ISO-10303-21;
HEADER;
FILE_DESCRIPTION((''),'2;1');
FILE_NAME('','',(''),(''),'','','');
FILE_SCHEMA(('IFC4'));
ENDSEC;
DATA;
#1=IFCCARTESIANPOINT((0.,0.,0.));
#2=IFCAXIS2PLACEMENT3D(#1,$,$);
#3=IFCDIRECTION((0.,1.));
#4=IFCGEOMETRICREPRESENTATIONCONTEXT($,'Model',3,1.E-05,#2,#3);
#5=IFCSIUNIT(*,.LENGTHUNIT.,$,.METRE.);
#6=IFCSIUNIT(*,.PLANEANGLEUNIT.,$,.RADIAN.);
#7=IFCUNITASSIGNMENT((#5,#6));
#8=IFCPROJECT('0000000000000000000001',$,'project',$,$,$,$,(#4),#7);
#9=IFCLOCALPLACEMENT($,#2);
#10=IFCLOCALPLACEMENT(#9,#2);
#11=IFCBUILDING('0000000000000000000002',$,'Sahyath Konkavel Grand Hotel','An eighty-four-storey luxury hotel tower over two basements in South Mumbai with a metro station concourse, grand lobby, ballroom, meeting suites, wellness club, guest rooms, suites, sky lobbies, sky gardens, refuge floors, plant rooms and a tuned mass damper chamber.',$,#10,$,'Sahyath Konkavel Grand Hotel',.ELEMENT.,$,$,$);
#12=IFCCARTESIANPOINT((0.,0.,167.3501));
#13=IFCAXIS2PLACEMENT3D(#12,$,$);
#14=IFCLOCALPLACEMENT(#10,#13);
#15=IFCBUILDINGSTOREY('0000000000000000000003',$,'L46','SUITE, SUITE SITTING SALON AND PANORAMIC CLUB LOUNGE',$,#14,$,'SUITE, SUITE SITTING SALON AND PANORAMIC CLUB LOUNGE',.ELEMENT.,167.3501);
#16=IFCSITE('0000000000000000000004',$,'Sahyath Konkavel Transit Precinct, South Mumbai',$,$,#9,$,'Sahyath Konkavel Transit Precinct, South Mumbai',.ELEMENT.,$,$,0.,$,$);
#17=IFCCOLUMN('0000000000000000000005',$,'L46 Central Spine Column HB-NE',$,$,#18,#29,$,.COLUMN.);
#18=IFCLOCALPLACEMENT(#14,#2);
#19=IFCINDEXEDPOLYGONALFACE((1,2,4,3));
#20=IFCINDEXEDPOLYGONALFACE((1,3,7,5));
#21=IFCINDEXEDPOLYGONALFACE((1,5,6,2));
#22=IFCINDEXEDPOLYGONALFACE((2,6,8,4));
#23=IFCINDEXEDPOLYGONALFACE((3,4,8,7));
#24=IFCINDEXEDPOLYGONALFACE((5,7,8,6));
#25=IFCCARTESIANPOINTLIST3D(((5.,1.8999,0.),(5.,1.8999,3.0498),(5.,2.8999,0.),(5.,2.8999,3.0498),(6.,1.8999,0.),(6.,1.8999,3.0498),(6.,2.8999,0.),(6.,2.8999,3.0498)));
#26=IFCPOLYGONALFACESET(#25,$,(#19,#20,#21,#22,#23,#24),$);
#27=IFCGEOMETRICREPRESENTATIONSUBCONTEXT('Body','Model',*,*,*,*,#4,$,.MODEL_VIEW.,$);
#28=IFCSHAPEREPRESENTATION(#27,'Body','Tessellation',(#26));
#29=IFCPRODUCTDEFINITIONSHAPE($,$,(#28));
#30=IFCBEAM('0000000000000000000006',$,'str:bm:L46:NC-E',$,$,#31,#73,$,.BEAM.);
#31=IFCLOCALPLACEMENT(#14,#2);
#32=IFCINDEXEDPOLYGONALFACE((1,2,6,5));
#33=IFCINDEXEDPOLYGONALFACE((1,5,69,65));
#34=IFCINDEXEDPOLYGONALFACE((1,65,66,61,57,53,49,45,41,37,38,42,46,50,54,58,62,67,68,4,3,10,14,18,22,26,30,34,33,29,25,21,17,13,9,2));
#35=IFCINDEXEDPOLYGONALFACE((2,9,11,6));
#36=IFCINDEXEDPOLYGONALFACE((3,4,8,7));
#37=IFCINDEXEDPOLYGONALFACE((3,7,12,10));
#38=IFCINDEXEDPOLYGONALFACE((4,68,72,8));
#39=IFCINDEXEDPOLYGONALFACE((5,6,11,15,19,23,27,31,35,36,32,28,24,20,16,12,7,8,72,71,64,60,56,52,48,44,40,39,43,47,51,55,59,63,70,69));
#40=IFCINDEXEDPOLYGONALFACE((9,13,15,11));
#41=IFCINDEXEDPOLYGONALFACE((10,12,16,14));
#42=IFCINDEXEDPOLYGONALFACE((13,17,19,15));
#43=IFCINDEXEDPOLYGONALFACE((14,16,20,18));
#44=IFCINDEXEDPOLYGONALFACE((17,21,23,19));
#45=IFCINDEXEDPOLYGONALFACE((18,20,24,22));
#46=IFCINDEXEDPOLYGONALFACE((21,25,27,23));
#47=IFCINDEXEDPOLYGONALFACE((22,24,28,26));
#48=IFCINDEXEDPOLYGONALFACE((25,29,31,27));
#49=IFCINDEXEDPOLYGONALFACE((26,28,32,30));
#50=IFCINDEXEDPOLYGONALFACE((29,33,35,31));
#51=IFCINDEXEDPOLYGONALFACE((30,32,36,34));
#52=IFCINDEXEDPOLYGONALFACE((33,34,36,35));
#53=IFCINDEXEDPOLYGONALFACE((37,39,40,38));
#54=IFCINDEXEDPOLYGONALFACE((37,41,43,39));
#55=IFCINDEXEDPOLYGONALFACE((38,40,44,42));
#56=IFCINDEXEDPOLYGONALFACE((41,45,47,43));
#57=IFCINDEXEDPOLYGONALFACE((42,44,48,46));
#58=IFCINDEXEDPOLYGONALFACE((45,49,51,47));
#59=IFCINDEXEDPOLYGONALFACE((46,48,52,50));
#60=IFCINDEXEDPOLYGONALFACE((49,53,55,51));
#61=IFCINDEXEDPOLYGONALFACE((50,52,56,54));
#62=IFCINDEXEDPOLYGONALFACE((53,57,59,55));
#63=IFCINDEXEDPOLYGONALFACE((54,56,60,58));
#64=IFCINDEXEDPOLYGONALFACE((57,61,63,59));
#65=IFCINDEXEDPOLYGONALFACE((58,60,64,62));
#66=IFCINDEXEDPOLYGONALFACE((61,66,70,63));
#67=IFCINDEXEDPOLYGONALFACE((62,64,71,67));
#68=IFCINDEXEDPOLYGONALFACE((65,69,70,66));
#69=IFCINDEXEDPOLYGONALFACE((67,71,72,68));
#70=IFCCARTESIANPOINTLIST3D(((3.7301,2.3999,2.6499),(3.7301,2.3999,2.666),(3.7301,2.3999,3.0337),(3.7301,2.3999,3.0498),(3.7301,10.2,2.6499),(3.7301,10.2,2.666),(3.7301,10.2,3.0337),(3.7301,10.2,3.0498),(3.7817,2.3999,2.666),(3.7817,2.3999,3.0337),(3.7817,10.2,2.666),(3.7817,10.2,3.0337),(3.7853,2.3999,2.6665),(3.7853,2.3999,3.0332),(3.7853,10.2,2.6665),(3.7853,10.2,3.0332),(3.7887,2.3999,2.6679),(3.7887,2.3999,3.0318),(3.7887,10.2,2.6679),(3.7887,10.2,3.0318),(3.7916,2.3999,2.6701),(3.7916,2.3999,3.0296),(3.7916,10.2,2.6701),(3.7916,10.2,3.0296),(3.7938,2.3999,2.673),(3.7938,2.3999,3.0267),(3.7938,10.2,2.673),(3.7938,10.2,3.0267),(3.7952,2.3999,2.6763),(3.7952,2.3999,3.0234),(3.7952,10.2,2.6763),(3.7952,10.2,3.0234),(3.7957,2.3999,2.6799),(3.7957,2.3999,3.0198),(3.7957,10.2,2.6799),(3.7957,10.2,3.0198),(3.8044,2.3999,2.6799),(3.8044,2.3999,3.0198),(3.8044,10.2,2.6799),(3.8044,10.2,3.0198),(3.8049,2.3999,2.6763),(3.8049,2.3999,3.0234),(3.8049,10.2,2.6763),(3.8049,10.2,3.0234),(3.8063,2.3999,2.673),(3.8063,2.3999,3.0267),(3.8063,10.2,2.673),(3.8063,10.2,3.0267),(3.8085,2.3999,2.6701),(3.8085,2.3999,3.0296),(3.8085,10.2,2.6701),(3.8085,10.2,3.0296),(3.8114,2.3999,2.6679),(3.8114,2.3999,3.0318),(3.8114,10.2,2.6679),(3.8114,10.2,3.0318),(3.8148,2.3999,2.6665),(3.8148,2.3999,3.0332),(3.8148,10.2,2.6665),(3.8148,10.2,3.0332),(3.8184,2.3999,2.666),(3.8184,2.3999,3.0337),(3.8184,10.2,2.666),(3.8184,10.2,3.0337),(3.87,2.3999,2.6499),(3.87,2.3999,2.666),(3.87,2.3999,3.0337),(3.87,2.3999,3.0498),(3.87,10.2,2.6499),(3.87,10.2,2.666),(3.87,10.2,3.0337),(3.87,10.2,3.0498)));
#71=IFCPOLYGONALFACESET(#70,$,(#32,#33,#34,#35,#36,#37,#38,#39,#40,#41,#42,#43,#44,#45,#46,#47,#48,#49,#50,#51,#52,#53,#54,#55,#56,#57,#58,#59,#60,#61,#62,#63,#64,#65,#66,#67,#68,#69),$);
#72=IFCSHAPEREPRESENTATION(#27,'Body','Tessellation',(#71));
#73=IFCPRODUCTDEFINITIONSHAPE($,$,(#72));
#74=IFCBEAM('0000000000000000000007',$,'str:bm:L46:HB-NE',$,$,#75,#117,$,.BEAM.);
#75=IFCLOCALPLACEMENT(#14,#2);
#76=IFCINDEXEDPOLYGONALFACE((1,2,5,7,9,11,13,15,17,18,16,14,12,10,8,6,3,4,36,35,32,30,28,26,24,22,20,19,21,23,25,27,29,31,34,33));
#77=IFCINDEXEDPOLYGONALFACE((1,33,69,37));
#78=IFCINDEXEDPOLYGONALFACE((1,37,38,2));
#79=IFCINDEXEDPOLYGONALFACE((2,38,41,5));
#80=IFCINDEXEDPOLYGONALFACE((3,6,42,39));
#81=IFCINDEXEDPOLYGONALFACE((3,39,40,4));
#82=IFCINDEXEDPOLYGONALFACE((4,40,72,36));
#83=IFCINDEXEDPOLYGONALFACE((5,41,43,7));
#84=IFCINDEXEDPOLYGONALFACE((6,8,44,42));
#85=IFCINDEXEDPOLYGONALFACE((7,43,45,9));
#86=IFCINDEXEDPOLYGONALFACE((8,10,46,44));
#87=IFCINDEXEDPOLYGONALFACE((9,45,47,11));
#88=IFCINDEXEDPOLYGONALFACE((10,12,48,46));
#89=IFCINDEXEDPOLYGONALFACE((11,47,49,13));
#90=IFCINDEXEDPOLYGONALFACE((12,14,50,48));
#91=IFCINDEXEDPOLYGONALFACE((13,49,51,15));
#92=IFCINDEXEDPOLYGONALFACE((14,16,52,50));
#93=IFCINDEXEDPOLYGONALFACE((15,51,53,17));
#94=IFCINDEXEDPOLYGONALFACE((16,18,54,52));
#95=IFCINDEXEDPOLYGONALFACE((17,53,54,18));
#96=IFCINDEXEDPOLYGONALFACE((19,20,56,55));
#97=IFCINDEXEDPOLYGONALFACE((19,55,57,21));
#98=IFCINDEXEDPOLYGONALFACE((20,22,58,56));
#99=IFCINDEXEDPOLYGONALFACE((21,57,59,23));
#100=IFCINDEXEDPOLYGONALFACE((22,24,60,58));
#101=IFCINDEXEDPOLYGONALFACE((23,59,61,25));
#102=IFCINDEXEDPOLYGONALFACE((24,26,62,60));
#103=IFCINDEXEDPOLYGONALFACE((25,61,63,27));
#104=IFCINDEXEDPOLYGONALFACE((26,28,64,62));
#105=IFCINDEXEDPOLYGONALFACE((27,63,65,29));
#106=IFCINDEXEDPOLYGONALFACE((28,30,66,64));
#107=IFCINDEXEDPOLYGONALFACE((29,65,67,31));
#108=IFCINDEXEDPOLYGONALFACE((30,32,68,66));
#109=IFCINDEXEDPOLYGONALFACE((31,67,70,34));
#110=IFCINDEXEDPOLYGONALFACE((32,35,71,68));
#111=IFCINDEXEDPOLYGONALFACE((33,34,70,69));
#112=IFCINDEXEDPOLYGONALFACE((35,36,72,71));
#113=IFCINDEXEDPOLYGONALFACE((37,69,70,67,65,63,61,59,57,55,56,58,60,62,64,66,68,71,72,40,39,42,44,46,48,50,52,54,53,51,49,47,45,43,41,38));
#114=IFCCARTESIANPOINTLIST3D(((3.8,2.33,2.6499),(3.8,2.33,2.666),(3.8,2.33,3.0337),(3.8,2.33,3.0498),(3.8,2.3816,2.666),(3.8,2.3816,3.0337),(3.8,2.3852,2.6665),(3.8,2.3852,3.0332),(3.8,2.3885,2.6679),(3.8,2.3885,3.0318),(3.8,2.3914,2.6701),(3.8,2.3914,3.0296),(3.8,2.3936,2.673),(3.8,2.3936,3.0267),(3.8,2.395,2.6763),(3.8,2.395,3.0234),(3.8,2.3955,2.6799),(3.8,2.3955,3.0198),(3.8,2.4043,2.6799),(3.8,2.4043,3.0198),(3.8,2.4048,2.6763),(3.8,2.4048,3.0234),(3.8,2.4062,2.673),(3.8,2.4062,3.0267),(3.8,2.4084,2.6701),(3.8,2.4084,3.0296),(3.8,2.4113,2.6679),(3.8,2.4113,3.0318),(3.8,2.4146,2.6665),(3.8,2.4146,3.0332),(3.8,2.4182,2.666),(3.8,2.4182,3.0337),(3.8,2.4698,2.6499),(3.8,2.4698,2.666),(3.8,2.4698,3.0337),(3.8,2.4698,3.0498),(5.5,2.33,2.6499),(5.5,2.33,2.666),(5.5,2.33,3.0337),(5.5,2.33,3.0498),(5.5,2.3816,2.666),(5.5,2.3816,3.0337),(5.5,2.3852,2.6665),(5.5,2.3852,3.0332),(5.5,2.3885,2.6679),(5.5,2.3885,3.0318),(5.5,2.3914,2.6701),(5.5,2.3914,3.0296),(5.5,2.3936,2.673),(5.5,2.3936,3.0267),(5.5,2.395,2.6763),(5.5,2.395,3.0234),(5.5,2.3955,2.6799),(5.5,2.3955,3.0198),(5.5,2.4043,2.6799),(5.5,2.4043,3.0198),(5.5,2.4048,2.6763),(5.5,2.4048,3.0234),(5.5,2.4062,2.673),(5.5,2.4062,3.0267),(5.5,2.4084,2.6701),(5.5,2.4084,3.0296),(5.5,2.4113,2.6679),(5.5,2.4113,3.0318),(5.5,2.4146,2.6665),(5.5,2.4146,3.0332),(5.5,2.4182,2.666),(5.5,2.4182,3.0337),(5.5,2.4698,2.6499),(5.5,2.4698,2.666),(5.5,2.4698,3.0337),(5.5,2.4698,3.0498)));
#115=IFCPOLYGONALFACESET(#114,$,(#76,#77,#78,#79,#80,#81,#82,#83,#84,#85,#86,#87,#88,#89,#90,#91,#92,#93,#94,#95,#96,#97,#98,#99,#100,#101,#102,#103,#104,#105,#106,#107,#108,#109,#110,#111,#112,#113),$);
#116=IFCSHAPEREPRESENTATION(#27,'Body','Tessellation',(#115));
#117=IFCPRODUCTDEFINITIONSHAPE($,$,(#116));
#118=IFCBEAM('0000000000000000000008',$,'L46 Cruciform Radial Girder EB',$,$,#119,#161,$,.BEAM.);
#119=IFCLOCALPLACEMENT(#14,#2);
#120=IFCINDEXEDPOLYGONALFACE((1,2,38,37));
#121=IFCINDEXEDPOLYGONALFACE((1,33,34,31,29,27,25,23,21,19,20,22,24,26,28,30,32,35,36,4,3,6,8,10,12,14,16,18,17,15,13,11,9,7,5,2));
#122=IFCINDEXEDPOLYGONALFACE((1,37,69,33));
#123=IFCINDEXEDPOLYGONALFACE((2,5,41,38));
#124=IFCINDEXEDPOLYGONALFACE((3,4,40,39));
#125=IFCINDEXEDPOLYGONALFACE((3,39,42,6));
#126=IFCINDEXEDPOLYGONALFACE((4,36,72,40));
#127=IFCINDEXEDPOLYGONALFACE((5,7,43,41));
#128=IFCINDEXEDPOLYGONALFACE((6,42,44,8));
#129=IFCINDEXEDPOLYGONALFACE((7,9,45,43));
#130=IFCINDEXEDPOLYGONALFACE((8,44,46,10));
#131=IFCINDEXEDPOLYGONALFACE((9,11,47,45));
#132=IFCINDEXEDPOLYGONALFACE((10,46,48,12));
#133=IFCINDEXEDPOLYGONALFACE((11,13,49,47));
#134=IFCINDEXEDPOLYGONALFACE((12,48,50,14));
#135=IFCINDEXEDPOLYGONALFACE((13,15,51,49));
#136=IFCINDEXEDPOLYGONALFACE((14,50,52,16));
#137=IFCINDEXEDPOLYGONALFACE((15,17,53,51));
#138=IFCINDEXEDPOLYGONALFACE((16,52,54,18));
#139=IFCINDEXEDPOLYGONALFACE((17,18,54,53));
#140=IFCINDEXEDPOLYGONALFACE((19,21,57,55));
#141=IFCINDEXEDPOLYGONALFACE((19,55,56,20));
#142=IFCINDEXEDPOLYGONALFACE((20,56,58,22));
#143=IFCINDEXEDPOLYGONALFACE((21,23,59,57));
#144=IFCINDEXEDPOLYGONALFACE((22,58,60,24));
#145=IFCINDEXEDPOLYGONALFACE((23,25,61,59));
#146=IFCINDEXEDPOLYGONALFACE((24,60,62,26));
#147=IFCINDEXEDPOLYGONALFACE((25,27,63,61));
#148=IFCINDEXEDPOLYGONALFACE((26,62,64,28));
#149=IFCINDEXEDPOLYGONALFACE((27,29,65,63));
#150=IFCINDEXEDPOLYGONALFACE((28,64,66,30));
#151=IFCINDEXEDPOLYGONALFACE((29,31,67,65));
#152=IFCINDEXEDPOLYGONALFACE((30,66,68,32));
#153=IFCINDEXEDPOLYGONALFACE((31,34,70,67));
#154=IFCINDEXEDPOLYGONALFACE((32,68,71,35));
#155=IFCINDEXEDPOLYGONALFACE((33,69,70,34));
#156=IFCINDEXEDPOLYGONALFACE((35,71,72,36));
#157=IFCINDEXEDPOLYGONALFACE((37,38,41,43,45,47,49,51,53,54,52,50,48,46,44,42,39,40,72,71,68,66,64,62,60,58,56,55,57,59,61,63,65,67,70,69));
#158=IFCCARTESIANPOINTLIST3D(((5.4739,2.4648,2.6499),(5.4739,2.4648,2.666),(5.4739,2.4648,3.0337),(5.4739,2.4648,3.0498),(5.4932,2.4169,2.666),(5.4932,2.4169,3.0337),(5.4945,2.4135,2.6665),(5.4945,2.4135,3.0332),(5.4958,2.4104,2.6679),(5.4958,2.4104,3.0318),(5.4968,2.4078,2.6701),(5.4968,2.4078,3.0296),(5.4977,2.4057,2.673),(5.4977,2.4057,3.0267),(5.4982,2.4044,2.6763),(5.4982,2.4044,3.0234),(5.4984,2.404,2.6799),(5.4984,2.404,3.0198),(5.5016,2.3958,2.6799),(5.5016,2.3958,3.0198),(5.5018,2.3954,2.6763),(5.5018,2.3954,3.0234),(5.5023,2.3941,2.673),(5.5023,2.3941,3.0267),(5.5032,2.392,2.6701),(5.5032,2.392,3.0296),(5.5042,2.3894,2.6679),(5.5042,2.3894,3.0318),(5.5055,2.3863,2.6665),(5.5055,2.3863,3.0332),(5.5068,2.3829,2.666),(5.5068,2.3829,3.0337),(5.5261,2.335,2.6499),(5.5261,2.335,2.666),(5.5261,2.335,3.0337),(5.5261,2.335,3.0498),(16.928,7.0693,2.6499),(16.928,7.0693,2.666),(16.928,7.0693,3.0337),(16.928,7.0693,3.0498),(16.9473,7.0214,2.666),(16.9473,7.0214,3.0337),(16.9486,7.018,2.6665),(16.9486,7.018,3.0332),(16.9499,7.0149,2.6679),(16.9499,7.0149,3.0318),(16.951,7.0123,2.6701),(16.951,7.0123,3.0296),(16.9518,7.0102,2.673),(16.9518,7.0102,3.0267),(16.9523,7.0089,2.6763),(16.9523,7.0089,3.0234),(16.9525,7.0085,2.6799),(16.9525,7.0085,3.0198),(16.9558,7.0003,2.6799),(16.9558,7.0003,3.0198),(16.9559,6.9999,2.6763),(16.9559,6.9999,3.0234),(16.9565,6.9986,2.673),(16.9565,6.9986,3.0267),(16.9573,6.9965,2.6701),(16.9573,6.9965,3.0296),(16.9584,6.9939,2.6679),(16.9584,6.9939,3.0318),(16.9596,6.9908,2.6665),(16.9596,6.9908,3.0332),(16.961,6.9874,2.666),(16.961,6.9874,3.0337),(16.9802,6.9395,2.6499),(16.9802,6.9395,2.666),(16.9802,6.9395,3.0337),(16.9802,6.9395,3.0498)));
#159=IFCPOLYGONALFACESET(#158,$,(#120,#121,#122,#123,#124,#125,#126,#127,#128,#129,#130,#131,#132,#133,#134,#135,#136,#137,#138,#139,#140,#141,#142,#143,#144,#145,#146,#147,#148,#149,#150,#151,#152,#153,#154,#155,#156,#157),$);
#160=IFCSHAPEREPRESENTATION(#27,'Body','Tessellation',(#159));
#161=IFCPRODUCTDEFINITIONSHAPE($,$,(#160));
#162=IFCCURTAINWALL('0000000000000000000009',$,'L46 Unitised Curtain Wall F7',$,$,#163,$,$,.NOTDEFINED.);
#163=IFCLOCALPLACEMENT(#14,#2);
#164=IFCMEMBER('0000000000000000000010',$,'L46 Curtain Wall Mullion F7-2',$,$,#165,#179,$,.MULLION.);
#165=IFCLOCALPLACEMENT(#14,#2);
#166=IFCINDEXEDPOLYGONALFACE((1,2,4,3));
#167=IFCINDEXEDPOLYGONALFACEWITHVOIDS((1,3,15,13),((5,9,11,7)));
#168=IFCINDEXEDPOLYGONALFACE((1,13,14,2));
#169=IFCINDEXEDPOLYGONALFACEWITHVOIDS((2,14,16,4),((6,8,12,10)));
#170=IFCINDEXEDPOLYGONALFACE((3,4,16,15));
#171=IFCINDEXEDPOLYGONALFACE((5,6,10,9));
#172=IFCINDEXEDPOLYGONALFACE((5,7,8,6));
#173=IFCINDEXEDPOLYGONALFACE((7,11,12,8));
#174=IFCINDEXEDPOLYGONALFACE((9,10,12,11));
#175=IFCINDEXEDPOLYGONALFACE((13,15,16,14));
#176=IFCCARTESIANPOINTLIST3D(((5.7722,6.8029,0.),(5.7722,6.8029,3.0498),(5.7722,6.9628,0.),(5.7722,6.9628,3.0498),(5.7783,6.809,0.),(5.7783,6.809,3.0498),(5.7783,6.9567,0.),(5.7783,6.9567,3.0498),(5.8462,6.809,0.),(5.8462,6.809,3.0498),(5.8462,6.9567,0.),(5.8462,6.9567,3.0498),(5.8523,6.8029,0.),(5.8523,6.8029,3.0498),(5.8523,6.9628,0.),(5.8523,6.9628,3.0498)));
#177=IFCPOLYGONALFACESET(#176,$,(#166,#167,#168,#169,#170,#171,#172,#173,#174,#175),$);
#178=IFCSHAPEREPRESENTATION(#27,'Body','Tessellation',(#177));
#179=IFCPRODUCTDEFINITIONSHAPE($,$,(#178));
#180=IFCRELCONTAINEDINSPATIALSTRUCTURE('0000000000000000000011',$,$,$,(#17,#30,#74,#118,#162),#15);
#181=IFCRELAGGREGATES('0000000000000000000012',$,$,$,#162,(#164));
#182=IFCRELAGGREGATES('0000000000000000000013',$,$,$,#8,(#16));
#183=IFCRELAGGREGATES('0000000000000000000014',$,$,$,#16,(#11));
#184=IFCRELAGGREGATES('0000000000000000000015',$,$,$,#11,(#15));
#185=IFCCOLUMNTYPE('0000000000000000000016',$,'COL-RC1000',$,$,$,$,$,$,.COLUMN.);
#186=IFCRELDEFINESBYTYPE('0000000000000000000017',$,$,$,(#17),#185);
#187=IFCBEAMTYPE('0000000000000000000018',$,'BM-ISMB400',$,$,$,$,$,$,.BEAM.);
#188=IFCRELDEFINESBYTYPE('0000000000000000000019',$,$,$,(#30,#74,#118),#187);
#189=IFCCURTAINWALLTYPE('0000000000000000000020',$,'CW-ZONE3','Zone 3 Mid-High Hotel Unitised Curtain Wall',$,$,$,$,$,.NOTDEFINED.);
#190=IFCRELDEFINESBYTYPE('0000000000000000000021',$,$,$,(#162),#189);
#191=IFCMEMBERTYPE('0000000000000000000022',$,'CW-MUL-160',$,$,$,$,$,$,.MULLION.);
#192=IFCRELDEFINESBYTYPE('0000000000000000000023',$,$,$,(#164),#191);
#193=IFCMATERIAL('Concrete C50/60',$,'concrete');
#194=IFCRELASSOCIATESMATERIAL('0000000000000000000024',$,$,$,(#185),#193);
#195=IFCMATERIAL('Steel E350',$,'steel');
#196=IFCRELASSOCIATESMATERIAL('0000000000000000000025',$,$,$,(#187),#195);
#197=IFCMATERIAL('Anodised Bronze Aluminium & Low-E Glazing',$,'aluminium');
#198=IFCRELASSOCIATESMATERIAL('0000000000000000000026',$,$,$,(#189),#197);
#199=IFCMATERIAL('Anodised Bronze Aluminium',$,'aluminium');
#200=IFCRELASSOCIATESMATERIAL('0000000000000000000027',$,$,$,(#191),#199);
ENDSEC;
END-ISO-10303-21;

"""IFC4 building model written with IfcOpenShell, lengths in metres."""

from ifc_helpers import new_model, si_unit, direction, frame, origin, origin_2d, place, context, subcontext, project, spatial, rectangle, hollow_rectangle, i_section, extrude, source, transform, mapped, material, material_profile, profile_set, type_object, element, aggregate, save


model = new_model("IFC4")

# Units and contexts
model_context = context("Model", 3, precision=1e-05, world=origin(), true_north=direction((0.0, 1.0)))
body_context = subcontext(model_context, "Body", "Model", "MODEL_VIEW")
ifc_project = project(units=[si_unit("LENGTHUNIT", "METRE"), si_unit("PLANEANGLEUNIT", "RADIAN")], contexts=[model_context])

# Site, building, storey
site_placement = place(None, origin())
site = spatial("IfcSite", under=ifc_project, at=site_placement, Name="Sahyath Konkavel Transit Precinct, South Mumbai", LongName="Sahyath Konkavel Transit Precinct, South Mumbai", CompositionType="ELEMENT", RefElevation=0.0)
building_placement = place(site_placement, origin())
building = spatial("IfcBuilding", under=site, at=building_placement, Name="Sahyath Konkavel Grand Hotel", Description="An eighty-four-storey luxury hotel tower over two basements in South Mumbai with a metro station concourse, grand lobby, ballroom, meeting suites, wellness club, guest rooms, suites, sky lobbies, sky gardens, refuge floors, plant rooms and a tuned mass damper chamber.", LongName="Sahyath Konkavel Grand Hotel", CompositionType="ELEMENT")
storey_placement = place(building_placement, frame((0.0, 0.0, 167.3501)))
storey = spatial("IfcBuildingStorey", under=building, at=storey_placement, Name="L46", Description="SUITE, SUITE SITTING SALON AND PANORAMIC CLUB LOUNGE", LongName="SUITE, SUITE SITTING SALON AND PANORAMIC CLUB LOUNGE", CompositionType="ELEMENT", Elevation=167.3501)

# Column
ifc_material_1 = material(Name="Concrete C50/60", Category="concrete")
ifc_material_profile_1 = material_profile(ifc_material_1, rectangle(XDim=1.0, YDim=1.0, at=origin_2d()), Name="RC 1000x1000")
ifc_profile_set_1 = profile_set([ifc_material_profile_1], Name="Concrete C50/60")
column_type = type_object("IfcColumnType", Name="COL-RC1000", PredefinedType="COLUMN", material=ifc_profile_set_1)
shared_shape_1 = source(origin(), body_context, "Body", "SweptSolid", [
    extrude(rectangle(XDim=1.0, YDim=1.0, at=origin_2d()), origin(), (0.0, 0.0, 1.0), 3.0498),
])
column_placement = place(storey_placement, frame((5.5, 2.3999, 0.0), z_axis=(0.0, 0.0, 1.0), x_axis=(1.0, 0.0, 0.0)))
element("IfcColumn", 1, at=column_placement, inside=storey, type_object=column_type, Name="L46 Central Spine Column HB-NE", PredefinedType="COLUMN", context=body_context, shape_type="MappedRepresentation", body=[
    mapped(shared_shape_1, transform((0.0, 0.0, 0.0), scale=1.0)),
])

# Beams
ifc_material_2 = material(Name="Steel E350", Category="steel")
ifc_material_profile_2 = material_profile(ifc_material_2, i_section(OverallWidth=0.1399, OverallDepth=0.3999, WebThickness=0.0088, FlangeThickness=0.0161, FilletRadius=0.0139, at=origin_2d()), Name="ISMB 400")
ifc_profile_set_2 = profile_set([ifc_material_profile_2], Name="Steel E350")
beam_type = type_object("IfcBeamType", Name="BM-ISMB400", PredefinedType="BEAM", material=ifc_profile_set_2)
shared_shape_2 = source(origin(), body_context, "Body", "SweptSolid", [
    extrude(i_section(OverallWidth=0.1399, OverallDepth=0.3999, WebThickness=0.0088, FlangeThickness=0.0161, FilletRadius=0.0139, at=origin_2d()), origin(), (0.0, 0.0, 1.0), 7.8),
])
beam_1_placement = place(storey_placement, frame((3.8, 2.3999, 2.8499), z_axis=(0.0, 1.0, 0.0), x_axis=(-1.0, 0.0, 0.0)))
element("IfcBeam", 2, at=beam_1_placement, inside=storey, type_object=beam_type, Name="str:bm:L46:NC-E", PredefinedType="BEAM", context=body_context, shape_type="MappedRepresentation", body=[
    mapped(shared_shape_2, transform((0.0, 0.0, 0.0), scale=1.0)),
])
shared_shape_3 = source(origin(), body_context, "Body", "SweptSolid", [
    extrude(i_section(OverallWidth=0.1399, OverallDepth=0.3999, WebThickness=0.0088, FlangeThickness=0.0161, FilletRadius=0.0139, at=origin_2d()), origin(), (0.0, 0.0, 1.0), 1.7),
])
beam_2_placement = place(storey_placement, frame((3.8, 2.3999, 2.8499), z_axis=(1.0, 0.0, 0.0), x_axis=(0.0, 1.0, 0.0)))
element("IfcBeam", 3, at=beam_2_placement, inside=storey, type_object=beam_type, Name="str:bm:L46:HB-NE", PredefinedType="BEAM", context=body_context, shape_type="MappedRepresentation", body=[
    mapped(shared_shape_3, transform((0.0, 0.0, 0.0), scale=1.0)),
])
shared_shape_4 = source(origin(), body_context, "Body", "SweptSolid", [
    extrude(i_section(OverallWidth=0.1399, OverallDepth=0.3999, WebThickness=0.0088, FlangeThickness=0.0161, FilletRadius=0.0139, at=origin_2d()), origin(), (0.0, 0.0, 1.0), 12.345),
])
beam_3_placement = place(storey_placement, frame((5.5, 2.3999, 2.8499), z_axis=(0.927837, 0.372986, 0.0), x_axis=(-0.372986, 0.927837, 0.0)))
element("IfcBeam", 4, at=beam_3_placement, inside=storey, type_object=beam_type, Name="L46 Cruciform Radial Girder EB", PredefinedType="BEAM", context=body_context, shape_type="MappedRepresentation", body=[
    mapped(shared_shape_4, transform((0.0, 0.0, 0.0), scale=1.0)),
])

# Curtain wall, member
ifc_material_3 = material(Name="Anodised Bronze Aluminium & Low-E Glazing", Category="aluminium")
curtain_wall_type = type_object("IfcCurtainWallType", Name="CW-ZONE3", Description="Zone 3 Mid-High Hotel Unitised Curtain Wall", PredefinedType="NOTDEFINED", material=ifc_material_3)
curtain_wall_placement = place(storey_placement, origin())
curtain_wall = element("IfcCurtainWall", 5, at=curtain_wall_placement, inside=storey, type_object=curtain_wall_type, Name="L46 Unitised Curtain Wall F7", PredefinedType="NOTDEFINED")
ifc_material_4 = material(Name="Anodised Bronze Aluminium", Category="aluminium")
ifc_material_profile_3 = material_profile(ifc_material_4, hollow_rectangle(XDim=0.0801, YDim=0.1599, WallThickness=0.0061, at=origin_2d()), Name="RHS 160x80x6")
ifc_profile_set_3 = profile_set([ifc_material_profile_3], Name="Anodised Bronze Aluminium")
member_type = type_object("IfcMemberType", Name="CW-MUL-160", PredefinedType="MULLION", material=ifc_profile_set_3)
shared_shape_5 = source(origin(), body_context, "Body", "SweptSolid", [
    extrude(hollow_rectangle(XDim=0.0801, YDim=0.1599, WallThickness=0.0061, at=origin_2d()), origin(), (0.0, 0.0, 1.0), 3.0498),
])
member_placement = place(storey_placement, frame((5.8123, 6.8828, 0.0), z_axis=(0.0, 0.0, 1.0), x_axis=(1.0, 0.0, 0.0)))
member = element("IfcMember", 6, at=member_placement, type_object=member_type, Name="L46 Curtain Wall Mullion F7-2", PredefinedType="MULLION", context=body_context, shape_type="MappedRepresentation", body=[
    mapped(shared_shape_5, transform((0.0, 0.0, 0.0), scale=1.0)),
])
aggregate(curtain_wall, [member])

save(model, "model.ifc")
